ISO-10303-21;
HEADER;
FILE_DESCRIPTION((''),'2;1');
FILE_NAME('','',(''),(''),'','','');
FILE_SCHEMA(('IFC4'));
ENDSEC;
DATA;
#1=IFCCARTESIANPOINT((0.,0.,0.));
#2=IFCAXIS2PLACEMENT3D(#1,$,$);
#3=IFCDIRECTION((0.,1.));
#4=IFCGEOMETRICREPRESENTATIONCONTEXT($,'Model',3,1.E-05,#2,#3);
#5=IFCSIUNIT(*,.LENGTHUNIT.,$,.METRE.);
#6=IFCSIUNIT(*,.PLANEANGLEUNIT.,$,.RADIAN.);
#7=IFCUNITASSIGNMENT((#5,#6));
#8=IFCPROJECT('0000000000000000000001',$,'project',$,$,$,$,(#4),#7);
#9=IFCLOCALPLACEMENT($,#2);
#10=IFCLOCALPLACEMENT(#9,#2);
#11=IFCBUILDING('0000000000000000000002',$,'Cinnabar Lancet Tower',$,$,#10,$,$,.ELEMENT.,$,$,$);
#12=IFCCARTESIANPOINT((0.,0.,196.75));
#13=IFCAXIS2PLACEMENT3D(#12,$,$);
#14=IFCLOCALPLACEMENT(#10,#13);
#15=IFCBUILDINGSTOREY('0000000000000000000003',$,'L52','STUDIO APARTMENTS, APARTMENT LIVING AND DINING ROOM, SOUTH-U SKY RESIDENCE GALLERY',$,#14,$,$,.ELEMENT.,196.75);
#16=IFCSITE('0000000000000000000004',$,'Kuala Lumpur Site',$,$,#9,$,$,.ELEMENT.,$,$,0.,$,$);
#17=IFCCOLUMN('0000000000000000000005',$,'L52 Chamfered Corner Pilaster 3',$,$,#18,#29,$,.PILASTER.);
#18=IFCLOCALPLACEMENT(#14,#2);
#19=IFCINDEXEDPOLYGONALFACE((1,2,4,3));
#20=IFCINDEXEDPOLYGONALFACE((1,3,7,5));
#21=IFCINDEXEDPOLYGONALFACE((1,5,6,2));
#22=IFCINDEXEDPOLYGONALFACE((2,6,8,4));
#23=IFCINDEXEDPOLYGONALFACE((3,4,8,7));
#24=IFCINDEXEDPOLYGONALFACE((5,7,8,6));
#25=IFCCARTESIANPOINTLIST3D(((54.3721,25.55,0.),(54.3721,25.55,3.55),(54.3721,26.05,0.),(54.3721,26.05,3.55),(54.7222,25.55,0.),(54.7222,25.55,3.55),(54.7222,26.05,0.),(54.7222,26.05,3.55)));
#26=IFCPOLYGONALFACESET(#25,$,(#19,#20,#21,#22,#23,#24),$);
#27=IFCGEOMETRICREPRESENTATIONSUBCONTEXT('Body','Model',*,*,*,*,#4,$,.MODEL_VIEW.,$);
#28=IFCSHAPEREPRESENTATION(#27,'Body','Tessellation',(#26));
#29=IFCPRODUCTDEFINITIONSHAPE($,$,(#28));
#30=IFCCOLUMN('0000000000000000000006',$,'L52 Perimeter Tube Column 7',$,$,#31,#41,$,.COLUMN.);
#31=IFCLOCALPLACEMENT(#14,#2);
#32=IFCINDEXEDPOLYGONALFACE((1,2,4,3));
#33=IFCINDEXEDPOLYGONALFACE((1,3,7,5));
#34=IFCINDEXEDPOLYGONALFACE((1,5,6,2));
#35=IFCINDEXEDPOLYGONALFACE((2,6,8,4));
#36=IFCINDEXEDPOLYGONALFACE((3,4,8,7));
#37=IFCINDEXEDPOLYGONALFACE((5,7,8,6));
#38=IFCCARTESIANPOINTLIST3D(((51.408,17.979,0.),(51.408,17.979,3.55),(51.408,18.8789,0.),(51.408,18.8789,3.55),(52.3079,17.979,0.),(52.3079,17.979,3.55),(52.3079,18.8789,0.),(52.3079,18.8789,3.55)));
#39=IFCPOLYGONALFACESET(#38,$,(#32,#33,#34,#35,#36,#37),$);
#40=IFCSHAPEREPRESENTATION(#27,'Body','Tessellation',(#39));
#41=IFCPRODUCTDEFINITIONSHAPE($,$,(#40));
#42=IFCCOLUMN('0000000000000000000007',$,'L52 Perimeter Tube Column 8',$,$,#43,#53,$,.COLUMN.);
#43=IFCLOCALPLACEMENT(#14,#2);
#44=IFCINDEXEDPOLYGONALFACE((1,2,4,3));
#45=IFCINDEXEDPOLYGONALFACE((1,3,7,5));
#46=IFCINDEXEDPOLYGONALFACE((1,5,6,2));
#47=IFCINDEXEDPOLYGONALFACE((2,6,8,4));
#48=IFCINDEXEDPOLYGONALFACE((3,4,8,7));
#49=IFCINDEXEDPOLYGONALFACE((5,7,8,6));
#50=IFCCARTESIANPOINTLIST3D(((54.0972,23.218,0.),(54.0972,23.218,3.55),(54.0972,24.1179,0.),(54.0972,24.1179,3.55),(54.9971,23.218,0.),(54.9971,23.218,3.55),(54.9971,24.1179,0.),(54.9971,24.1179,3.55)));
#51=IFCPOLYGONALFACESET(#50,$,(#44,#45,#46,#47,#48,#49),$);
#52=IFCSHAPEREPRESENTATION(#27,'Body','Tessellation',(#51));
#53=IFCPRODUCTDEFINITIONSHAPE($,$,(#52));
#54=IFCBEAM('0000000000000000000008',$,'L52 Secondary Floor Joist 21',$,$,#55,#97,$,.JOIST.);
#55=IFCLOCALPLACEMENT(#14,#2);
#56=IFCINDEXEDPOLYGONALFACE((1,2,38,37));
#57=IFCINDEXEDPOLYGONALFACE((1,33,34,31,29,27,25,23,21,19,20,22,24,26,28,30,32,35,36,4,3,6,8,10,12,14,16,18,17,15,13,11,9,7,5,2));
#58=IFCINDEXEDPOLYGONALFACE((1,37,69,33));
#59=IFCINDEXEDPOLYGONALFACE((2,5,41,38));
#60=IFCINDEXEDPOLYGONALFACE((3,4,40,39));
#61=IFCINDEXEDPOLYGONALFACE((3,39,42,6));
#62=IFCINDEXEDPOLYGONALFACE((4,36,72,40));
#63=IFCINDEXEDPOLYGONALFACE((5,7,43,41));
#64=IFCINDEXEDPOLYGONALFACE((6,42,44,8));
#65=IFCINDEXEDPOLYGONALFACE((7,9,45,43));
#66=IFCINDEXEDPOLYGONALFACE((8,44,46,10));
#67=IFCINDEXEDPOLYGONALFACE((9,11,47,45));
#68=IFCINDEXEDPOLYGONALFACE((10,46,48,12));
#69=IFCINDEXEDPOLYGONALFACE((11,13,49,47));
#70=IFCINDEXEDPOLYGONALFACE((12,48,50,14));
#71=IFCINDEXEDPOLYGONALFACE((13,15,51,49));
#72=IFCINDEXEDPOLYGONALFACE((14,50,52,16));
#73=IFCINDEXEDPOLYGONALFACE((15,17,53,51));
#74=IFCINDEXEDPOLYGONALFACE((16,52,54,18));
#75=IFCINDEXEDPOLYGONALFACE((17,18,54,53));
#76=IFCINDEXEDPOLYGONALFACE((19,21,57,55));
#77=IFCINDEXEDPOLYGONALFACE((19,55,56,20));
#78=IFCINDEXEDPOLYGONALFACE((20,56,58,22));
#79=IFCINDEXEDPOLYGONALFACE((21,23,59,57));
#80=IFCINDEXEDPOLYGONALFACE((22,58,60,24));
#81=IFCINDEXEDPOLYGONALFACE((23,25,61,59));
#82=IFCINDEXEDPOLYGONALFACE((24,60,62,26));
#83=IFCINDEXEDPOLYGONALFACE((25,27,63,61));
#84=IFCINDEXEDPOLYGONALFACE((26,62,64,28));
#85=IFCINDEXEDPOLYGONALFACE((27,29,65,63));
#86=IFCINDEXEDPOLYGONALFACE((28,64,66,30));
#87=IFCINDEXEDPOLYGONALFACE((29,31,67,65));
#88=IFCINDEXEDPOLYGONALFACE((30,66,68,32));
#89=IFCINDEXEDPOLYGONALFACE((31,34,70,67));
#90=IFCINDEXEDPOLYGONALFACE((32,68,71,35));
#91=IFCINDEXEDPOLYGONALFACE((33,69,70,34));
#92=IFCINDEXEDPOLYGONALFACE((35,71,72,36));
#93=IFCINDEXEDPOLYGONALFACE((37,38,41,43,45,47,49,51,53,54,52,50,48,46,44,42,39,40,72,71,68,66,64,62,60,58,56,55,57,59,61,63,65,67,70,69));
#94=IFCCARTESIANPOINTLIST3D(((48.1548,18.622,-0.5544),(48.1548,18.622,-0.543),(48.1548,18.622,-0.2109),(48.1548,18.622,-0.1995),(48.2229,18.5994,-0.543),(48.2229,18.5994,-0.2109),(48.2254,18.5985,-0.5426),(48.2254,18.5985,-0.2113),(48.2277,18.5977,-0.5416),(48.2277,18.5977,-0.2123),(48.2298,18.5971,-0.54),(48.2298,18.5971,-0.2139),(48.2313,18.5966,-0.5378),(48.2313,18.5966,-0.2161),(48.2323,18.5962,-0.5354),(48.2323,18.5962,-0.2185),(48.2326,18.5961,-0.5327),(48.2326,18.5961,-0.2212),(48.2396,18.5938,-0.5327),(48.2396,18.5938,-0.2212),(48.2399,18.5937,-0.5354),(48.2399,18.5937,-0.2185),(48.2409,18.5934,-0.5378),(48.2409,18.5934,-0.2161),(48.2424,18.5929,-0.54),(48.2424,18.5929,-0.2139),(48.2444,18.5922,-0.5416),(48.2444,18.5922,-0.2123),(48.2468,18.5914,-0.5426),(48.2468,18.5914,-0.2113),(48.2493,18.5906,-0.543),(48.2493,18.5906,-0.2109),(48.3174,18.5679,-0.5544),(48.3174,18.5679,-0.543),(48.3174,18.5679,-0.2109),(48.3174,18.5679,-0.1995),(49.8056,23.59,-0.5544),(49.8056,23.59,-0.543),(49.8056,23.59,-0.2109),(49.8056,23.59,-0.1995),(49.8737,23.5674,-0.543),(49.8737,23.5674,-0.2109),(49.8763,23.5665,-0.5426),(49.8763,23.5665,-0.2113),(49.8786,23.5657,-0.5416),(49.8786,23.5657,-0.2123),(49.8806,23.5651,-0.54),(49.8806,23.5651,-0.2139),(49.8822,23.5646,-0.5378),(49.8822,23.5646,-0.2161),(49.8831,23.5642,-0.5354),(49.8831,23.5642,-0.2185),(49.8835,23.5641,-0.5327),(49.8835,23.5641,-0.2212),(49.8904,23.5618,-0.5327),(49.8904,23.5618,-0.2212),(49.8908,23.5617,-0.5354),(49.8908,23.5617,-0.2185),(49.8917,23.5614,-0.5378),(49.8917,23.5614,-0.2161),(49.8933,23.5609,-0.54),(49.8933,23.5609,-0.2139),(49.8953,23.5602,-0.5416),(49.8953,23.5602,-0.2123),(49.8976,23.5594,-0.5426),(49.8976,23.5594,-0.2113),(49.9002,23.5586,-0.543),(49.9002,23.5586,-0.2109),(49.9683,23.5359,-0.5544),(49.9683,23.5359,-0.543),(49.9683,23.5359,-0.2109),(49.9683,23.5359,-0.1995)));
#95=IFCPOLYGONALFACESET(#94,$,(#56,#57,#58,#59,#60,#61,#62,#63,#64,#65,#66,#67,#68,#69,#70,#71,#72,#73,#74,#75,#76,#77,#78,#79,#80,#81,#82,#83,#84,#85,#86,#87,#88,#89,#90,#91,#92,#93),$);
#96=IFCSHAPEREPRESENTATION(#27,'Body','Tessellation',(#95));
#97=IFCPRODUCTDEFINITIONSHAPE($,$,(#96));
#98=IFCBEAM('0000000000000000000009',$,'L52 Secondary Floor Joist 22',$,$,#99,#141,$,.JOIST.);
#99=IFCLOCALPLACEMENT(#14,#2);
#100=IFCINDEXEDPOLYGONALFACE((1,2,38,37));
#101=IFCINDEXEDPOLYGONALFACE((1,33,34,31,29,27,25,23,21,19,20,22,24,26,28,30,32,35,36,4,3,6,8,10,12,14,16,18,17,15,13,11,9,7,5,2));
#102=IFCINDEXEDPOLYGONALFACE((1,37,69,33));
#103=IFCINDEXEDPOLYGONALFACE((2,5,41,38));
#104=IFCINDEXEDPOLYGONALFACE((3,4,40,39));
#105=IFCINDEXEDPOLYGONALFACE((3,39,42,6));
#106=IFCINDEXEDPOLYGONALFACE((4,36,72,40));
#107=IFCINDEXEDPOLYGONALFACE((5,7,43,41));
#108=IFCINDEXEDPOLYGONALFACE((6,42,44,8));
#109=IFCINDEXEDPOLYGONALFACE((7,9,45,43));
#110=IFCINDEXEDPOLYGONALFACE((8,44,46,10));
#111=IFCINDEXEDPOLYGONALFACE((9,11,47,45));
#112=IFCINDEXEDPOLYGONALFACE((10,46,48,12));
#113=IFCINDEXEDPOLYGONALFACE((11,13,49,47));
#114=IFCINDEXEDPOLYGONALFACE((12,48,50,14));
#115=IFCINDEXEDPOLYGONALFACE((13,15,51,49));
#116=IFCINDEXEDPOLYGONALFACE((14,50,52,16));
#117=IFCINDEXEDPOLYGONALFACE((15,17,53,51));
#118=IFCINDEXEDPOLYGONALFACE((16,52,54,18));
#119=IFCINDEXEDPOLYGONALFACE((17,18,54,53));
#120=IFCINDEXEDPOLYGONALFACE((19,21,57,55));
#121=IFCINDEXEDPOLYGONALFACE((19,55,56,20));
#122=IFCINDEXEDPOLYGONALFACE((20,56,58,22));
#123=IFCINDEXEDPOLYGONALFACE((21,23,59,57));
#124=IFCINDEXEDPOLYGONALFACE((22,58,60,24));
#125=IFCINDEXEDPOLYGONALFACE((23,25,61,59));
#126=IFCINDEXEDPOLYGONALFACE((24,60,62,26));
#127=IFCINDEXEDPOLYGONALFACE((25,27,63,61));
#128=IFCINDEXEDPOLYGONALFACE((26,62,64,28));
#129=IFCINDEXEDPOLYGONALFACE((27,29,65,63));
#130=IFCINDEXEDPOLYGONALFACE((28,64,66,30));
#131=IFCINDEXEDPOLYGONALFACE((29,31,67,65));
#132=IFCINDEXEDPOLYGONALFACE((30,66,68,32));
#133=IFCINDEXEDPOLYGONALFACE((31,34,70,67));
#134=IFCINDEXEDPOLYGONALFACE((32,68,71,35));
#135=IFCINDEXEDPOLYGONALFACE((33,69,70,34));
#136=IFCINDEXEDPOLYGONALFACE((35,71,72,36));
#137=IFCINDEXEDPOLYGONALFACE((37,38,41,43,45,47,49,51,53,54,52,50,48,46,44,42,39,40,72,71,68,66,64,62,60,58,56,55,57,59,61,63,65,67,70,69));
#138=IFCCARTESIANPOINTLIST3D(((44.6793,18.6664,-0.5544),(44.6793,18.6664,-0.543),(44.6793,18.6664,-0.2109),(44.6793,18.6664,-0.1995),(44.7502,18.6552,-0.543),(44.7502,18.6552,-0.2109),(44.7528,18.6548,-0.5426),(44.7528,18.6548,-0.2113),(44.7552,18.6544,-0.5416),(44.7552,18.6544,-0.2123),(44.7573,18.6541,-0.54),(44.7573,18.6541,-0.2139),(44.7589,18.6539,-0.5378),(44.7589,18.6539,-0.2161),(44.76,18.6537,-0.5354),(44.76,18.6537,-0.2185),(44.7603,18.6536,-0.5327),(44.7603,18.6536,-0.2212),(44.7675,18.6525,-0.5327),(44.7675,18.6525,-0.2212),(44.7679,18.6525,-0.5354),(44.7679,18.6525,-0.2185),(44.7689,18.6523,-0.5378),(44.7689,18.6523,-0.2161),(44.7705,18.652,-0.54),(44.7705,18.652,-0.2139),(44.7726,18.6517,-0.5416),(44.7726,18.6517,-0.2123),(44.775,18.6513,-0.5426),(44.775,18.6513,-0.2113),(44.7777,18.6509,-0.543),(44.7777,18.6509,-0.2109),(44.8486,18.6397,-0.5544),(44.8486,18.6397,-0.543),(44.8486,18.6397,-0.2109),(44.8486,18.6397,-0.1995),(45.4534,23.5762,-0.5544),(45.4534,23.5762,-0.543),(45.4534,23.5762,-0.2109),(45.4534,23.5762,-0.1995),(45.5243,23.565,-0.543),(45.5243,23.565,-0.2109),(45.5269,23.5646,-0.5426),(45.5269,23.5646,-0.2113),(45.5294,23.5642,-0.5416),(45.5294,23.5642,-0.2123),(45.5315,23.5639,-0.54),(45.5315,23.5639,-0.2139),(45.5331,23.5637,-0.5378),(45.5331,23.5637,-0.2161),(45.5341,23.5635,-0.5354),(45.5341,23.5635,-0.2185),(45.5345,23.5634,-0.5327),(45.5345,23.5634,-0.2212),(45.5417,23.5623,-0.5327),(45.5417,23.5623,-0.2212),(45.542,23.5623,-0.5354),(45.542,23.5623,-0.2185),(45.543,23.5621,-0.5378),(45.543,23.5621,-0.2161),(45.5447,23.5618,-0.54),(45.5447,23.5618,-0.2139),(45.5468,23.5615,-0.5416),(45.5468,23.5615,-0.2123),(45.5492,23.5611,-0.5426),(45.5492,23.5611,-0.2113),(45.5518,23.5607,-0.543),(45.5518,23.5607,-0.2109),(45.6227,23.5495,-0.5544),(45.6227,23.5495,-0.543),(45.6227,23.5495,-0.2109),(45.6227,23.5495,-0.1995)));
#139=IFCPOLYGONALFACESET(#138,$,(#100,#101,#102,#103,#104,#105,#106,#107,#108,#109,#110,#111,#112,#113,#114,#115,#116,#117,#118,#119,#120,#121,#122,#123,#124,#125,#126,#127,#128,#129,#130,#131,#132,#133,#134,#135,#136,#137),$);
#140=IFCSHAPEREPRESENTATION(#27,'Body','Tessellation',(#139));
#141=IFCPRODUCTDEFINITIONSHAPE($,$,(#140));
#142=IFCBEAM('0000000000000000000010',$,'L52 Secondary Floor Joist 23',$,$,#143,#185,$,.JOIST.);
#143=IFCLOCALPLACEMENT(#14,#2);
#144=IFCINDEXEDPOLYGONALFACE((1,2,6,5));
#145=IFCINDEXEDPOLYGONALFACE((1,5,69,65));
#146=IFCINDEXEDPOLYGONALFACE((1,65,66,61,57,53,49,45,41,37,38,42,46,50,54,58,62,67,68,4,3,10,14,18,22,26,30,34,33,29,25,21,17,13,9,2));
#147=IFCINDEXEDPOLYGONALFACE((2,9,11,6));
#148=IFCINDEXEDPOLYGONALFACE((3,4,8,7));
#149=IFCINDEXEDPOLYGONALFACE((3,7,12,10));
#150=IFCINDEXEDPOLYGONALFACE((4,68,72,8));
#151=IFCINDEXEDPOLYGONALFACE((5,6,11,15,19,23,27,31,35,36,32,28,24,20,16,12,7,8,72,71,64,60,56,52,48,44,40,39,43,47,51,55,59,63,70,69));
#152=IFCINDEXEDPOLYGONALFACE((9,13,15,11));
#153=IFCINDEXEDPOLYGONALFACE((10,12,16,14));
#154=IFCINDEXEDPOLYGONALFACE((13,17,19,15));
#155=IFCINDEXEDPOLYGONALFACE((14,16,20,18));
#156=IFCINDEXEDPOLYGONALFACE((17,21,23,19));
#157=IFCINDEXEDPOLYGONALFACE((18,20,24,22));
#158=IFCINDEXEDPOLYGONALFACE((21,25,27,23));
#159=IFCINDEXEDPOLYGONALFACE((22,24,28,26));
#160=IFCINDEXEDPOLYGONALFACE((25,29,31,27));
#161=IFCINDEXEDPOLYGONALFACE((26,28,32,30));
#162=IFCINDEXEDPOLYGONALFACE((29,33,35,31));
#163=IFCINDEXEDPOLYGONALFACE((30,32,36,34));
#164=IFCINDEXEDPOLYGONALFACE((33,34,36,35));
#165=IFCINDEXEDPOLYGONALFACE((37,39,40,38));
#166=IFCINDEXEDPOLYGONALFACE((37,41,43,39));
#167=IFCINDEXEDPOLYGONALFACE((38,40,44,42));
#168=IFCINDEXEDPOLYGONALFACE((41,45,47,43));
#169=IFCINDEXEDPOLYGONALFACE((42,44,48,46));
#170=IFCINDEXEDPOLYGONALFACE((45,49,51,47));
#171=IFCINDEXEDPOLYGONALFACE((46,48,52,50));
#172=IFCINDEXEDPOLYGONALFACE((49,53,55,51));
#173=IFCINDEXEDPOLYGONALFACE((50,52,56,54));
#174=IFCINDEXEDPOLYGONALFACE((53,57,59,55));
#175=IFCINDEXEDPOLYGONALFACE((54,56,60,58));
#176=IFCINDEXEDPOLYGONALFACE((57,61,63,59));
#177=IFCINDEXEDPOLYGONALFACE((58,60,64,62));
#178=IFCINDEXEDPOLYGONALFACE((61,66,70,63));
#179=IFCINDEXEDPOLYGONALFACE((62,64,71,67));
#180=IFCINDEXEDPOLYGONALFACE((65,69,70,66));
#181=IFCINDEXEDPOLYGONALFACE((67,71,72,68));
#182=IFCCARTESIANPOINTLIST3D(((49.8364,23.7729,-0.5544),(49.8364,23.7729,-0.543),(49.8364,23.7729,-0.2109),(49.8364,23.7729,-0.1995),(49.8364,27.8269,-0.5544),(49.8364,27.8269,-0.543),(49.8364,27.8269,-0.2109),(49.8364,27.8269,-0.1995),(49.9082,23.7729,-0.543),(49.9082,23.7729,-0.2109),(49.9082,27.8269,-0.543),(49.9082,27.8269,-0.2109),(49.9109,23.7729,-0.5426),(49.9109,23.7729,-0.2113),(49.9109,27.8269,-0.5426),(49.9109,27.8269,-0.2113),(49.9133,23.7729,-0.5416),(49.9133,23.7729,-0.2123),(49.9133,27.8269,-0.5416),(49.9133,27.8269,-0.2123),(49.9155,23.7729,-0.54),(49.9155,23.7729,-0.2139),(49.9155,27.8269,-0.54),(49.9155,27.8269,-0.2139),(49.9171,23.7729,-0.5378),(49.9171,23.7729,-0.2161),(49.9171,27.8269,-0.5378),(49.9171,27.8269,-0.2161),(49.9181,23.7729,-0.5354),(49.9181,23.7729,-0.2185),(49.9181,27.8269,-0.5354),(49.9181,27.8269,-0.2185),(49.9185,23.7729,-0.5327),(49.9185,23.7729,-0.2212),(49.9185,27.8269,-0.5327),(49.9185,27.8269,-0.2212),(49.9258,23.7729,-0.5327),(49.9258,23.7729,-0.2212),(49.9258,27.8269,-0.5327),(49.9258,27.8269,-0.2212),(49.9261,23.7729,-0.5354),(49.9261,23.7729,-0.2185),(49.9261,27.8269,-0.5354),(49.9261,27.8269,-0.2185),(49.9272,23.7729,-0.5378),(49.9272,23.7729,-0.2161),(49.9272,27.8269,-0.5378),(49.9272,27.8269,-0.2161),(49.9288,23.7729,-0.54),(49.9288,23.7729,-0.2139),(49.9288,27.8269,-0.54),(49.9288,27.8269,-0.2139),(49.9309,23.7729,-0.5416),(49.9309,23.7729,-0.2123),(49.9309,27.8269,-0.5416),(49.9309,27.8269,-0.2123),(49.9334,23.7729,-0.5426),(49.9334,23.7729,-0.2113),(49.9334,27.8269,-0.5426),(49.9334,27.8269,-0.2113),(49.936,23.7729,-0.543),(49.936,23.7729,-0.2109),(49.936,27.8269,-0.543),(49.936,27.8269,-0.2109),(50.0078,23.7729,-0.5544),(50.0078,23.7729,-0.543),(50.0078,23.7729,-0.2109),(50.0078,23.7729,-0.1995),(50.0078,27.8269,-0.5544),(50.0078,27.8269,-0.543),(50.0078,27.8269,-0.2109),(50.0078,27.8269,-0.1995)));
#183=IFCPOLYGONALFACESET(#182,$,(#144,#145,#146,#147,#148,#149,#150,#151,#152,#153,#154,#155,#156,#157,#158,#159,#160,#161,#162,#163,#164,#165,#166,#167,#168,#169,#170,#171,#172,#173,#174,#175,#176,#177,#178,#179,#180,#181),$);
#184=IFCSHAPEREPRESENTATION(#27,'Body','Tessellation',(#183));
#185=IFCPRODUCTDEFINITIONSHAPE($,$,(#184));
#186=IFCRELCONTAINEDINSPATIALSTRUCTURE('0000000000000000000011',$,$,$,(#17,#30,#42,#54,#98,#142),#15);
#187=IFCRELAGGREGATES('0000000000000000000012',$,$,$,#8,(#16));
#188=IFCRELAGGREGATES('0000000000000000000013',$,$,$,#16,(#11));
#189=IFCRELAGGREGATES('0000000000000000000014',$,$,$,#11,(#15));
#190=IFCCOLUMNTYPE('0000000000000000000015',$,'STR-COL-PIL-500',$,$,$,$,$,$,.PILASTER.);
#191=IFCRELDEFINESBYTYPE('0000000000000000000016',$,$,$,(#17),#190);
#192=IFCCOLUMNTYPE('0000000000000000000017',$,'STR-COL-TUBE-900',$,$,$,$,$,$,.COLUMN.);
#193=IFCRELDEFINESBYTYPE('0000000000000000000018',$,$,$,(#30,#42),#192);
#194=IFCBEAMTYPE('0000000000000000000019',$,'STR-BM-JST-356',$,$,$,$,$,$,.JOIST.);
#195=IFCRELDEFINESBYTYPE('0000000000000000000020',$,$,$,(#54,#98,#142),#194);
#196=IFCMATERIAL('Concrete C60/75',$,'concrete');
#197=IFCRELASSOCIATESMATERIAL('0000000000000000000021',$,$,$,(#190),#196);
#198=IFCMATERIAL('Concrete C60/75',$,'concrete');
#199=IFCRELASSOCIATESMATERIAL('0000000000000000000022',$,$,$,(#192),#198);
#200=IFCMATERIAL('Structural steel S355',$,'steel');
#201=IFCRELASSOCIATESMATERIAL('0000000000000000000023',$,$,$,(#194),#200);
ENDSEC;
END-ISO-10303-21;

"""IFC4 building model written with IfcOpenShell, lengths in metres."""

from ifc_helpers import new_model, si_unit, direction, frame, origin, origin_2d, place, context, subcontext, project, spatial, rectangle, i_section, extrude, material, material_profile, profile_set, type_object, element, save


model = new_model("IFC4")

# Units and contexts
model_context = context("Model", 3, precision=1e-05, world=origin(), true_north=direction((0.0, 1.0)))
body_context = subcontext(model_context, "Body", "Model", "MODEL_VIEW")
ifc_project = project(units=[si_unit("LENGTHUNIT", "METRE"), si_unit("PLANEANGLEUNIT", "RADIAN")], contexts=[model_context])

# Site, building, storey
site_placement = place(None, origin())
site = spatial("IfcSite", under=ifc_project, at=site_placement, Name="Kuala Lumpur Site", CompositionType="ELEMENT", RefElevation=0.0)
building_placement = place(site_placement, origin())
building = spatial("IfcBuilding", under=site, at=building_placement, Name="Cinnabar Lancet Tower", CompositionType="ELEMENT")
storey_placement = place(building_placement, frame((0.0, 0.0, 196.75)))
storey = spatial("IfcBuildingStorey", under=building, at=storey_placement, Name="L52", Description="STUDIO APARTMENTS, APARTMENT LIVING AND DINING ROOM, SOUTH-U SKY RESIDENCE GALLERY", CompositionType="ELEMENT", Elevation=196.75)

# Columns
ifc_material_1 = material(Name="Concrete C60/75", Category="concrete")
ifc_material_profile_1 = material_profile(ifc_material_1, rectangle(XDim=0.5, YDim=0.3501, at=origin_2d()), Name="RC-PIL 500x350")
ifc_profile_set_1 = profile_set([ifc_material_profile_1], Name="Concrete C60/75")
column_type_1 = type_object("IfcColumnType", Name="STR-COL-PIL-500", PredefinedType="PILASTER", material=ifc_profile_set_1)
column_placement = place(storey_placement, frame((54.5471, 25.8, 0.0), z_axis=(0.0, 0.0, 1.0), x_axis=(0.0, 1.0, 0.0)))
element("IfcColumn", 1, at=column_placement, inside=storey, type_object=column_type_1, Name="L52 Chamfered Corner Pilaster 3", PredefinedType="PILASTER", context=body_context, shape_type="SweptSolid", body=[
    extrude(rectangle(XDim=0.5, YDim=0.3501, at=origin_2d()), origin(), (0.0, 0.0, 1.0), 3.55),
])
ifc_material_2 = material(Name="Concrete C60/75", Category="concrete")
ifc_material_profile_2 = material_profile(ifc_material_2, rectangle(XDim=0.8999, YDim=0.8999, at=origin_2d()), Name="RC-COL 900x900")
ifc_profile_set_2 = profile_set([ifc_material_profile_2], Name="Concrete C60/75")
column_type_2 = type_object("IfcColumnType", Name="STR-COL-TUBE-900", PredefinedType="COLUMN", material=ifc_profile_set_2)
for number, where, z_axis, x_axis, name in (
    (2, (51.8579, 18.429, 0.0), (0.0, 0.0, 1.0), (1.0, 0.0, 0.0), "L52 Perimeter Tube Column 7"),
    (3, (54.5471, 23.668, 0.0), (0.0, 0.0, 1.0), (1.0, 0.0, 0.0), "L52 Perimeter Tube Column 8"),
):
    element("IfcColumn", number, at=place(storey_placement, frame(where, z_axis=z_axis, x_axis=x_axis)), inside=storey, type_object=column_type_2, Name=name, PredefinedType="COLUMN", context=body_context, shape_type="SweptSolid", body=[
        extrude(rectangle(XDim=0.8999, YDim=0.8999, at=origin_2d()), origin(), (0.0, 0.0, 1.0), 3.55),
    ])

# Beams
ifc_material_3 = material(Name="Structural steel S355", Category="steel")
ifc_material_profile_3 = material_profile(ifc_material_3, i_section(OverallWidth=0.1714, OverallDepth=0.355, WebThickness=0.0073, FlangeThickness=0.0115, FilletRadius=0.0103, at=origin_2d()), Name="UKB 356x171x51")
ifc_profile_set_3 = profile_set([ifc_material_profile_3], Name="Structural steel S355")
beam_type_1 = type_object("IfcBeamType", Name="STR-BM-JST-356", PredefinedType="JOIST", material=ifc_profile_set_3)
beam_1_placement = place(storey_placement, frame((48.2361, 18.595, -0.377), z_axis=(0.315346, 0.948977, 0.0), x_axis=(-0.948977, 0.315346, 0.0)))
element("IfcBeam", 4, at=beam_1_placement, inside=storey, type_object=beam_type_1, Name="L52 Secondary Floor Joist 21", PredefinedType="JOIST", context=body_context, shape_type="SweptSolid", body=[
    extrude(i_section(OverallWidth=0.1714, OverallDepth=0.355, WebThickness=0.0073, FlangeThickness=0.0115, FilletRadius=0.0103, at=origin_2d()), origin(), (0.0, 0.0, 1.0), 5.2351),
])
beam_2_placement = place(storey_placement, frame((44.7639, 18.6531, -0.377), z_axis=(0.155751, 0.987796, 0.0), x_axis=(-0.987796, 0.155751, 0.0)))
element("IfcBeam", 5, at=beam_2_placement, inside=storey, type_object=beam_type_1, Name="L52 Secondary Floor Joist 22", PredefinedType="JOIST", context=body_context, shape_type="SweptSolid", body=[
    extrude(i_section(OverallWidth=0.1714, OverallDepth=0.355, WebThickness=0.0073, FlangeThickness=0.0115, FilletRadius=0.0103, at=origin_2d()), origin(), (0.0, 0.0, 1.0), 4.9705),
])
for number, where, z_axis, x_axis, name in (
    (6, (49.9221, 23.7729, -0.377), (0.0, 1.0, 0.0), (-1.0, 0.0, 0.0), "L52 Secondary Floor Joist 23"),
):
    element("IfcBeam", number, at=place(storey_placement, frame(where, z_axis=z_axis, x_axis=x_axis)), inside=storey, type_object=beam_type_1, Name=name, PredefinedType="JOIST", context=body_context, shape_type="SweptSolid", body=[
        extrude(i_section(OverallWidth=0.1714, OverallDepth=0.355, WebThickness=0.0073, FlangeThickness=0.0115, FilletRadius=0.0103, at=origin_2d()), origin(), (0.0, 0.0, 1.0), 4.054),
    ])

save(model, "model.ifc")
